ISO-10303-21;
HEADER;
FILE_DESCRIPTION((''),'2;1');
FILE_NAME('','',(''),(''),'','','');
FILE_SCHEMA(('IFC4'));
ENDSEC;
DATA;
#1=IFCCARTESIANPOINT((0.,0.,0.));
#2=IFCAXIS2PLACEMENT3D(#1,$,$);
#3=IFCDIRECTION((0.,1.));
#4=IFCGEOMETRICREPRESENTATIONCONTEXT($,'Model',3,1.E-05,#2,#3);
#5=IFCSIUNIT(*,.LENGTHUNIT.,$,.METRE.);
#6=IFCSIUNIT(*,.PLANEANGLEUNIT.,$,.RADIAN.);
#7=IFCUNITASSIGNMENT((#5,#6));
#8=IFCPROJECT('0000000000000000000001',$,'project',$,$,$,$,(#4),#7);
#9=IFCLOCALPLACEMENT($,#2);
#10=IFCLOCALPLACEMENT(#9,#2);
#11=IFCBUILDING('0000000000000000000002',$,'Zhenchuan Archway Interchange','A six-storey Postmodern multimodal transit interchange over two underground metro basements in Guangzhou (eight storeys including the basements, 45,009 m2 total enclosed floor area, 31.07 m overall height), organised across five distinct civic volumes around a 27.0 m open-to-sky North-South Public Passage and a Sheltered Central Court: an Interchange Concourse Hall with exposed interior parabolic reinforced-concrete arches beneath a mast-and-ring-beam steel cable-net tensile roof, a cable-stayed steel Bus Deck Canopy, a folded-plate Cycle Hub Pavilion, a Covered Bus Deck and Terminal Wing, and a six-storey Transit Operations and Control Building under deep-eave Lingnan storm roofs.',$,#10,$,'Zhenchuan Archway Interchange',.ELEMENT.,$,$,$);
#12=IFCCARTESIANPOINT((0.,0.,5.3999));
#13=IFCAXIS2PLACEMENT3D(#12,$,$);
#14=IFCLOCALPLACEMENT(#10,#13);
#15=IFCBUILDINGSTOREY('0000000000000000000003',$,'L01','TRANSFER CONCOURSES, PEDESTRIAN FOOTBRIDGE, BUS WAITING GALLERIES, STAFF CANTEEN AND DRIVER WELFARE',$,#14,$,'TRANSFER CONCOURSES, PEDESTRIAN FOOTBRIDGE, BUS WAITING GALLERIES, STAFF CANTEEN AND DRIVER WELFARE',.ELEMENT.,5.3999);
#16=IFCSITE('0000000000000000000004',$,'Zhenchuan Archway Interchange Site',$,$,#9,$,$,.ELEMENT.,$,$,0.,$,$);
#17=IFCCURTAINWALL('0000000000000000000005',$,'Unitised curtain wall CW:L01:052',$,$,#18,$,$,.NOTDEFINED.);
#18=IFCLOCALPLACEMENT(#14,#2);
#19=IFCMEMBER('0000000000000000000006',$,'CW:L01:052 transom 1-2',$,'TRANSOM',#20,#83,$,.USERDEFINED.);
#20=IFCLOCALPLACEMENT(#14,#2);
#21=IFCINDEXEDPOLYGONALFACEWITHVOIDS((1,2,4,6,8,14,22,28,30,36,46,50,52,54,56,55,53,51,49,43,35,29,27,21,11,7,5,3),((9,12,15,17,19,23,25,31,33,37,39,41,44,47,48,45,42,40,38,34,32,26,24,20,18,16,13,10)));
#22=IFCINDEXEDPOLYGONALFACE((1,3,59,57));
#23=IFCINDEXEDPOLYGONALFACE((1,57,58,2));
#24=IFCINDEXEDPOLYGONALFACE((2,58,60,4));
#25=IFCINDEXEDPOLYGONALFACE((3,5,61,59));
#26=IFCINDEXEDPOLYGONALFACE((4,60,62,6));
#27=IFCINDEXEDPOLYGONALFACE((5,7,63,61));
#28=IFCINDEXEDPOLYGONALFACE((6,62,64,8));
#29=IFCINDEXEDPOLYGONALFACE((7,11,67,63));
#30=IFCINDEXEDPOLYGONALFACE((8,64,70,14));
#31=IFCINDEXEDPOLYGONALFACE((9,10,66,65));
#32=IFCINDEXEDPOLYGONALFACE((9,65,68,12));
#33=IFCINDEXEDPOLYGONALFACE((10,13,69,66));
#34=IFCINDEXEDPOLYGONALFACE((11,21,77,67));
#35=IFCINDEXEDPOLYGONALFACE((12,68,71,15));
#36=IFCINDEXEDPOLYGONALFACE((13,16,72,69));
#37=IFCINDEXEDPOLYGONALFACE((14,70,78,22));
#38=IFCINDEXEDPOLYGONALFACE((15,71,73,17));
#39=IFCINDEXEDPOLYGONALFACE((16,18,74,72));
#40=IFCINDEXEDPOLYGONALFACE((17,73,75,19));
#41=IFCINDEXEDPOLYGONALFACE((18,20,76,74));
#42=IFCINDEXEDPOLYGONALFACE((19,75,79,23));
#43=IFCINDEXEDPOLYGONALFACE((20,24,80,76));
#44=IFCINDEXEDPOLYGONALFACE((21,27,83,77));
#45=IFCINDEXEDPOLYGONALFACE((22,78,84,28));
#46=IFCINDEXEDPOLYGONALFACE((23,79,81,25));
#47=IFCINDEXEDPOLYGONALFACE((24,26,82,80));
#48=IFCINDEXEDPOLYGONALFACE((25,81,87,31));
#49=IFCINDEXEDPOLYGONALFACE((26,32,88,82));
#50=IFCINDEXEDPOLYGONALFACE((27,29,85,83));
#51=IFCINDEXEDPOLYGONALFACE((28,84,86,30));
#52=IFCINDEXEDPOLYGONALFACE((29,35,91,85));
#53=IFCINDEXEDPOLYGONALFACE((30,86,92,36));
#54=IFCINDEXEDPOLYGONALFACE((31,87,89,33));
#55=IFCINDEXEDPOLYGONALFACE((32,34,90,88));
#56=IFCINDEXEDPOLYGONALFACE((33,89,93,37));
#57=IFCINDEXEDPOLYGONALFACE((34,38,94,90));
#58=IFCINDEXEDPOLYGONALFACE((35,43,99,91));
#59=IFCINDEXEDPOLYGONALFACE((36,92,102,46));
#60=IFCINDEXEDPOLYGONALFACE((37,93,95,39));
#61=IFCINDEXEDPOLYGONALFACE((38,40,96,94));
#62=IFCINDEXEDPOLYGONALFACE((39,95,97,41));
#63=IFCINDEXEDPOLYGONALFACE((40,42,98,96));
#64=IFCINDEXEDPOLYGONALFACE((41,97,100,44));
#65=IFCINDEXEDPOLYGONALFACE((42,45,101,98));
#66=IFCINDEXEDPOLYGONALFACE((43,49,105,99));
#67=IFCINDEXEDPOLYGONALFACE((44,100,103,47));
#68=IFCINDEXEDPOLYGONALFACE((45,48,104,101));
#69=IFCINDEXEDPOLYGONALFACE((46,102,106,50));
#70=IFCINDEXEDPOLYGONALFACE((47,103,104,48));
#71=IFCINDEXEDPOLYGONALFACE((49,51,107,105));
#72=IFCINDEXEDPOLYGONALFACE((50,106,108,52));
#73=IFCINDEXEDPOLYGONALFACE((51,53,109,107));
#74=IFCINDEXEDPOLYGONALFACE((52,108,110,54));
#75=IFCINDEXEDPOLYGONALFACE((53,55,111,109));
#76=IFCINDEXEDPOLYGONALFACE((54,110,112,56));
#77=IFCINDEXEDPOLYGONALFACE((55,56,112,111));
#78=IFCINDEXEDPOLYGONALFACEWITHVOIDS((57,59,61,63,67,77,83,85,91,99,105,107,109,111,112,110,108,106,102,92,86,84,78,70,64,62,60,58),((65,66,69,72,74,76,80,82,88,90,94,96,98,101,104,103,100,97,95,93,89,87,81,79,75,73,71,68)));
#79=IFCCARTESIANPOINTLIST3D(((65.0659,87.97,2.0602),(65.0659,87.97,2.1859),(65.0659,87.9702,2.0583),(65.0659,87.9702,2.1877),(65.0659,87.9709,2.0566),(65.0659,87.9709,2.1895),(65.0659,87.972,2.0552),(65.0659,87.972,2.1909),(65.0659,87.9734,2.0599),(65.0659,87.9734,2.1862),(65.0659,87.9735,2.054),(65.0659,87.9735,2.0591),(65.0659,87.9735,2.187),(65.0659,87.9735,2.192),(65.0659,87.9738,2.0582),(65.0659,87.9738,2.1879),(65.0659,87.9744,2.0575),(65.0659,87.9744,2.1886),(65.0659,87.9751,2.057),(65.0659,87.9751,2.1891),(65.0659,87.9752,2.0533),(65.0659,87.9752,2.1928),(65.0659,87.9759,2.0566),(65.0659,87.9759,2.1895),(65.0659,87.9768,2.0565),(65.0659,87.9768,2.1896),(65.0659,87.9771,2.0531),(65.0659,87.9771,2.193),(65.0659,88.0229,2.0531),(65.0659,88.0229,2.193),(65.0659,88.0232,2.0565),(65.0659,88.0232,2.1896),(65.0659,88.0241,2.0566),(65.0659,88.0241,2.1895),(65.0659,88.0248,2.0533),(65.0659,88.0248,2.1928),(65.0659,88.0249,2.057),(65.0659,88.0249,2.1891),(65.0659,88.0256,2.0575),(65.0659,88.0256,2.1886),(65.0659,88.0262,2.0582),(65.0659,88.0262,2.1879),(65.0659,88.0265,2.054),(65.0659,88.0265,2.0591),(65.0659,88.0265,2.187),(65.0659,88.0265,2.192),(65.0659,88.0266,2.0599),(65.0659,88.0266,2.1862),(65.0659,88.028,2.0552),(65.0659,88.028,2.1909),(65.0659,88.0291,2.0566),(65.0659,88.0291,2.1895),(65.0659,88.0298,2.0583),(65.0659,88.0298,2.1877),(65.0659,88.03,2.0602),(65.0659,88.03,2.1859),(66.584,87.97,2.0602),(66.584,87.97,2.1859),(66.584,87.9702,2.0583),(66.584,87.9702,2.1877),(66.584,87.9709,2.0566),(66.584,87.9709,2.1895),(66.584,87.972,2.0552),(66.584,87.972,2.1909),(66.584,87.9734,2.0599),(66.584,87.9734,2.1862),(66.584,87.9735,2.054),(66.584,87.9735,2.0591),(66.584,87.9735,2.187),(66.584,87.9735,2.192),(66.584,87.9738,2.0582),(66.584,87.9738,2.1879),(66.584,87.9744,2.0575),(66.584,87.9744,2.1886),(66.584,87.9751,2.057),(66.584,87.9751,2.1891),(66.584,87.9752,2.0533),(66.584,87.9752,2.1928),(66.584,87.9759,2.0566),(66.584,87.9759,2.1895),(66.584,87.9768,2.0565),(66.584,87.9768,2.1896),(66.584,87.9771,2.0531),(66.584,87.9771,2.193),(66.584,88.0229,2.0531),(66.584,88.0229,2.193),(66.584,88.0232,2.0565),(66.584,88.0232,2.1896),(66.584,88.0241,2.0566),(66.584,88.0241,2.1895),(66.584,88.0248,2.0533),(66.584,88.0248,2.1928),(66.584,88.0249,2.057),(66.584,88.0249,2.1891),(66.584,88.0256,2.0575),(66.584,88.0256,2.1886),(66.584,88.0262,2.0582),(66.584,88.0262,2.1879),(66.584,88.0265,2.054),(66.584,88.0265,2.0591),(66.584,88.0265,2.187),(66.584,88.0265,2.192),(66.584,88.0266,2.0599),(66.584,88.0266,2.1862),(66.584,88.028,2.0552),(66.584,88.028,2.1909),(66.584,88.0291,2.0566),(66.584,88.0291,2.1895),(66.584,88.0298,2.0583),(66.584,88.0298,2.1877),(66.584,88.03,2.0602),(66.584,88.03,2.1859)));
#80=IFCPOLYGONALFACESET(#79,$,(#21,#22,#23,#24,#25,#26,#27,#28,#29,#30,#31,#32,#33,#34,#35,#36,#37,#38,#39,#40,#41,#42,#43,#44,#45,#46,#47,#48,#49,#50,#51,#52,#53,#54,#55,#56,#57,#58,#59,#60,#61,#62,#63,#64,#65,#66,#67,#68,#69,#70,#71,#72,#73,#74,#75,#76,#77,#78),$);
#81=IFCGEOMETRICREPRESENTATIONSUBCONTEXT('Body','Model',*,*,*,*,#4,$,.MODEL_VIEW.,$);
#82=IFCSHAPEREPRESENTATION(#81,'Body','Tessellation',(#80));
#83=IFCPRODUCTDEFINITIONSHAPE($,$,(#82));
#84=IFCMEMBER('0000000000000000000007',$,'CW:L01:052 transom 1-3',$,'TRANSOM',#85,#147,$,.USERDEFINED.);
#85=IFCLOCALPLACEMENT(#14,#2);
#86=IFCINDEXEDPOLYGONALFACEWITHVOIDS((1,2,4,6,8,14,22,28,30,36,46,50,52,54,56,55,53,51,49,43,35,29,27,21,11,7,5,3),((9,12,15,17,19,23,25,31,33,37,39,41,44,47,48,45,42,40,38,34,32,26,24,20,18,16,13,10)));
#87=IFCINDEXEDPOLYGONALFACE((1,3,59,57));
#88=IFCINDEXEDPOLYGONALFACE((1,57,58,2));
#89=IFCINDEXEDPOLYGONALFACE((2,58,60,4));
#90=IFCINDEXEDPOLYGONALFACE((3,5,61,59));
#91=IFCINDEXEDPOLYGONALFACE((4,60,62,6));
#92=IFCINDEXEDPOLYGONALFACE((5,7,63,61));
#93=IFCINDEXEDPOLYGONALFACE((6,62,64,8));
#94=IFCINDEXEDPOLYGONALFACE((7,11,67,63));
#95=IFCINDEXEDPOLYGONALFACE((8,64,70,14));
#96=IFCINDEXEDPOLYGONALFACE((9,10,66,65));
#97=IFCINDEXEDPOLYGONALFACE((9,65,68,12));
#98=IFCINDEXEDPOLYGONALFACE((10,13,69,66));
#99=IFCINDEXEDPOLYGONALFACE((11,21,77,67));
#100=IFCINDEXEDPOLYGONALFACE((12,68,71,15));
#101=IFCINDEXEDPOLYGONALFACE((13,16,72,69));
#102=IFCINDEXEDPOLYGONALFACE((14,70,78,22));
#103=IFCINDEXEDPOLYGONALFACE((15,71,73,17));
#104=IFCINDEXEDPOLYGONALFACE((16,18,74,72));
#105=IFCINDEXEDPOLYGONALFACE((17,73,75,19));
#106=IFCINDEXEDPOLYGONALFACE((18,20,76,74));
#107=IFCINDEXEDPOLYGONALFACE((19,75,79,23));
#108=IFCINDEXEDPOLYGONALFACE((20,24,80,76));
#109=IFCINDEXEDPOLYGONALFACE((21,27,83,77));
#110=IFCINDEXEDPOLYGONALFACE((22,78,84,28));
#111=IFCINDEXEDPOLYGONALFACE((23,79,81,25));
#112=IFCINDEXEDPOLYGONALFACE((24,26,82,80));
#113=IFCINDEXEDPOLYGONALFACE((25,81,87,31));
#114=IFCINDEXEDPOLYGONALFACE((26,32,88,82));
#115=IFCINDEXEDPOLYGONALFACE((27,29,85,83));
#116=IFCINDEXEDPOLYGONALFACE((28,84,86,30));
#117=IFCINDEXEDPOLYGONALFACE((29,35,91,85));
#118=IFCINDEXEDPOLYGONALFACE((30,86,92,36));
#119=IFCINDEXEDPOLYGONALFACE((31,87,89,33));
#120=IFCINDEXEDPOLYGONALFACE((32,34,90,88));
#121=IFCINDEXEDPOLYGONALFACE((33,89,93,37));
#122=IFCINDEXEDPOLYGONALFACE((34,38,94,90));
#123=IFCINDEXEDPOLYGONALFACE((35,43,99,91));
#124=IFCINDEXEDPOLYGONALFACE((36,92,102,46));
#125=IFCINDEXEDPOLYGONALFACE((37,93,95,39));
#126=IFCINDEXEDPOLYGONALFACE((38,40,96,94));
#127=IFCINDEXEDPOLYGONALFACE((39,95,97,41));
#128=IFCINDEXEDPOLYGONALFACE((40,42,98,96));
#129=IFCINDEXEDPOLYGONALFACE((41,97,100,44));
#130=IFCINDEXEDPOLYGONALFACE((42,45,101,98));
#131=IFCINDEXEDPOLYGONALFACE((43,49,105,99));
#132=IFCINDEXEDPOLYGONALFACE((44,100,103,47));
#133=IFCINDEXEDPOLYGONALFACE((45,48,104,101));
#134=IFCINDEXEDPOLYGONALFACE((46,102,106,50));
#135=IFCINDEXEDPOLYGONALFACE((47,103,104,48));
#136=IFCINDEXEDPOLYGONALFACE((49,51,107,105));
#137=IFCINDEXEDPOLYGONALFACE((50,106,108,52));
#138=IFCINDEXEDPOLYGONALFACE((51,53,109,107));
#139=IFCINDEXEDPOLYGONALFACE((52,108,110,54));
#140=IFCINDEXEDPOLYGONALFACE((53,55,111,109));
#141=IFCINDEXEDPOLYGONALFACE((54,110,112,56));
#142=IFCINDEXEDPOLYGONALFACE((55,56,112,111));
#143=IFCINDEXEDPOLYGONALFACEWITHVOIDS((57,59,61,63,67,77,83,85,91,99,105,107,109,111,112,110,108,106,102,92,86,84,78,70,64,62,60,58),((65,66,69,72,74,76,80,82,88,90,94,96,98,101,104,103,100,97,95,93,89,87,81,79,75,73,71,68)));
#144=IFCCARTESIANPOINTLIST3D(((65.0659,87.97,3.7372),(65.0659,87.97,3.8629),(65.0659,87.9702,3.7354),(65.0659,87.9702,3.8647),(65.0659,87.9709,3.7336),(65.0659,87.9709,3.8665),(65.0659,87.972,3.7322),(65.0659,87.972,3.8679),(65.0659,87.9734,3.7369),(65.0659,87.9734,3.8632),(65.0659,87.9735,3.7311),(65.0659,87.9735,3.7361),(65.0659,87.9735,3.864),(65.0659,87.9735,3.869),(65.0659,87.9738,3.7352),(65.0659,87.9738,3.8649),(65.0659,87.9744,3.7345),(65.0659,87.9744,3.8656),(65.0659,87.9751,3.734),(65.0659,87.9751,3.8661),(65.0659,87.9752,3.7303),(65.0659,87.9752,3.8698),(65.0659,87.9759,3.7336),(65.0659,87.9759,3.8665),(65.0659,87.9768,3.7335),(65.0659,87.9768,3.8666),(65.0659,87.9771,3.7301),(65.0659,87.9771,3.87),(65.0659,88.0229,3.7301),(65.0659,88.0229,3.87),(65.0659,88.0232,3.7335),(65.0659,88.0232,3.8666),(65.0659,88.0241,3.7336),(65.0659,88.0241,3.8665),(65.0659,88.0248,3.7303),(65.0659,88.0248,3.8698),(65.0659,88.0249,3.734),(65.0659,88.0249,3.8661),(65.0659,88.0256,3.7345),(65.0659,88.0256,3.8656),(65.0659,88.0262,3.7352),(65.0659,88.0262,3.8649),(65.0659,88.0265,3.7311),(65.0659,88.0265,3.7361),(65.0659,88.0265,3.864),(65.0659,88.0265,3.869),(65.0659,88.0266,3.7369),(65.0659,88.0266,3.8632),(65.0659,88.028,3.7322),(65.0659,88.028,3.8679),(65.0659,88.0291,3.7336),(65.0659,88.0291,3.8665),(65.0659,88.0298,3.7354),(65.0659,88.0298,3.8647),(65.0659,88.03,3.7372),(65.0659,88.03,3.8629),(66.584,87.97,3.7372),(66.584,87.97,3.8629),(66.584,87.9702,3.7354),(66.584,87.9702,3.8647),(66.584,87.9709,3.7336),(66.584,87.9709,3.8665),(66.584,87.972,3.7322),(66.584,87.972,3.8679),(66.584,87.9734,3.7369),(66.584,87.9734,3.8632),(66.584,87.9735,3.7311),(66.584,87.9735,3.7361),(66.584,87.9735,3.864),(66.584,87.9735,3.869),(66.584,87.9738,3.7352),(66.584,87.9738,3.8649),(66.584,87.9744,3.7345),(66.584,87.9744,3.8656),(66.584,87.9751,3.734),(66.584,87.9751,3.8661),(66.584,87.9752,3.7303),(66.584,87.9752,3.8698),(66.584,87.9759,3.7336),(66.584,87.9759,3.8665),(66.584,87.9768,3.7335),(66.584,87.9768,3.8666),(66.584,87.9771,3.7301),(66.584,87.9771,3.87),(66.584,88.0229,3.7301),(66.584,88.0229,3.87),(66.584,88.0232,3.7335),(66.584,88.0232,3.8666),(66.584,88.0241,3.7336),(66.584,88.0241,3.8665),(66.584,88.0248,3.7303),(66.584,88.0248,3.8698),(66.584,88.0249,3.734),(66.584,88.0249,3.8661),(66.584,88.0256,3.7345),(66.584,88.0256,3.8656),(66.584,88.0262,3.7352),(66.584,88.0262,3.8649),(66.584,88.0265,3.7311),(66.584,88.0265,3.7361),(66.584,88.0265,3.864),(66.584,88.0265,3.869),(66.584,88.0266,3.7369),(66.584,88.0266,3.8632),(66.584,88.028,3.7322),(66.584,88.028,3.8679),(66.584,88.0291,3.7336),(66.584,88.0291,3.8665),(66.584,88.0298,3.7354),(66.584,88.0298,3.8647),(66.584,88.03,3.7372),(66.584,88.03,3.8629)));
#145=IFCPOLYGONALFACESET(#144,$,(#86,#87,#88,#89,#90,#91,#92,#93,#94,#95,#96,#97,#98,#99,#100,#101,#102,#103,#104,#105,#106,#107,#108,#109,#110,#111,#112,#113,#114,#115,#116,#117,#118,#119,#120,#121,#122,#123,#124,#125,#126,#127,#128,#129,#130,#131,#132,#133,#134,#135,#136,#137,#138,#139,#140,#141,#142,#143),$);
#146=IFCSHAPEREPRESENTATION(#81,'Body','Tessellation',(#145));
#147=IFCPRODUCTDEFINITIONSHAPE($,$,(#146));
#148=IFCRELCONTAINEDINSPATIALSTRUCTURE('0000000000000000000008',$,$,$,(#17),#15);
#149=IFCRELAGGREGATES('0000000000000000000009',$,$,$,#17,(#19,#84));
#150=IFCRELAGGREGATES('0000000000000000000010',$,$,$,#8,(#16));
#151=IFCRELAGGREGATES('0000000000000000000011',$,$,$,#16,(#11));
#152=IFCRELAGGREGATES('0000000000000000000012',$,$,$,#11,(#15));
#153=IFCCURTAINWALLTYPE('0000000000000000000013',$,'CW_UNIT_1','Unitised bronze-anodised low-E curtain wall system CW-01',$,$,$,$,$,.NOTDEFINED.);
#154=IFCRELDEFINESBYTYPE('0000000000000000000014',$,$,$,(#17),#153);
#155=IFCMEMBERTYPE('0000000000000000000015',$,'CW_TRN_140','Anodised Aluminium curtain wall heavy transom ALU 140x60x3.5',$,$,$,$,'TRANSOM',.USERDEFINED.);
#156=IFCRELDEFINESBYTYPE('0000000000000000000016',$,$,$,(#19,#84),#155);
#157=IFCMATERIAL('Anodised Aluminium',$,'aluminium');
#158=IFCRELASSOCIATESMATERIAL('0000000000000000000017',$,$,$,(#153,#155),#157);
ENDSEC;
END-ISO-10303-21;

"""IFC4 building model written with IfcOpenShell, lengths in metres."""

from ifc_helpers import new_model, si_unit, direction, frame, origin, origin_2d, place, context, subcontext, project, spatial, hollow_rectangle, extrude, material, material_profile, profile_set, type_object, element, aggregate, save


model = new_model("IFC4")

# Units and contexts
model_context = context("Model", 3, precision=1e-05, world=origin(), true_north=direction((0.0, 1.0)))
body_context = subcontext(model_context, "Body", "Model", "MODEL_VIEW")
ifc_project = project(units=[si_unit("LENGTHUNIT", "METRE"), si_unit("PLANEANGLEUNIT", "RADIAN")], contexts=[model_context])

# Site, building, storey
site_placement = place(None, origin())
site = spatial("IfcSite", under=ifc_project, at=site_placement, Name="Zhenchuan Archway Interchange Site", CompositionType="ELEMENT", RefElevation=0.0)
building_placement = place(site_placement, origin())
building = spatial("IfcBuilding", under=site, at=building_placement, Name="Zhenchuan Archway Interchange", Description="A six-storey Postmodern multimodal transit interchange over two underground metro basements in Guangzhou (eight storeys including the basements, 45,009 m2 total enclosed floor area, 31.07 m overall height), organised across five distinct civic volumes around a 27.0 m open-to-sky North-South Public Passage and a Sheltered Central Court: an Interchange Concourse Hall with exposed interior parabolic reinforced-concrete arches beneath a mast-and-ring-beam steel cable-net tensile roof, a cable-stayed steel Bus Deck Canopy, a folded-plate Cycle Hub Pavilion, a Covered Bus Deck and Terminal Wing, and a six-storey Transit Operations and Control Building under deep-eave Lingnan storm roofs.", LongName="Zhenchuan Archway Interchange", CompositionType="ELEMENT")
storey_placement = place(building_placement, frame((0.0, 0.0, 5.3999)))
storey = spatial("IfcBuildingStorey", under=building, at=storey_placement, Name="L01", Description="TRANSFER CONCOURSES, PEDESTRIAN FOOTBRIDGE, BUS WAITING GALLERIES, STAFF CANTEEN AND DRIVER WELFARE", LongName="TRANSFER CONCOURSES, PEDESTRIAN FOOTBRIDGE, BUS WAITING GALLERIES, STAFF CANTEEN AND DRIVER WELFARE", CompositionType="ELEMENT", Elevation=5.3999)

# Curtain wall, members
ifc_material_1 = material(Name="Anodised Aluminium", Category="aluminium")
curtain_wall_type = type_object("IfcCurtainWallType", Name="CW_UNIT_1", Description="Unitised bronze-anodised low-E curtain wall system CW-01", PredefinedType="NOTDEFINED", material=ifc_material_1)
curtain_wall_placement = place(storey_placement, origin())
curtain_wall = element("IfcCurtainWall", 1, at=curtain_wall_placement, inside=storey, type_object=curtain_wall_type, Name="Unitised curtain wall CW:L01:052", PredefinedType="NOTDEFINED")
ifc_material_profile_1 = material_profile(ifc_material_1, hollow_rectangle(XDim=0.0601, YDim=0.1399, WallThickness=0.0034, InnerFilletRadius=0.0034, OuterFilletRadius=0.0071, at=origin_2d()), Name="ALU 140x60x3.5")
ifc_profile_set_1 = profile_set([ifc_material_profile_1], Name="Anodised Aluminium")
member_type_1 = type_object("IfcMemberType", Name="CW_TRN_140", Description="Anodised Aluminium curtain wall heavy transom ALU 140x60x3.5", ElementType="TRANSOM", PredefinedType="USERDEFINED", material=ifc_profile_set_1)
member_1_placement = place(storey_placement, frame((65.0659, 88.0, 2.123), z_axis=(1.0, 0.0, 0.0), x_axis=(0.0, 1.0, 0.0)))
member_1 = element("IfcMember", 2, at=member_1_placement, type_object=member_type_1, Name="CW:L01:052 transom 1-2", ObjectType="TRANSOM", PredefinedType="USERDEFINED", context=body_context, shape_type="SweptSolid", body=[
    extrude(hollow_rectangle(XDim=0.0601, YDim=0.1399, WallThickness=0.0034, InnerFilletRadius=0.0034, OuterFilletRadius=0.0071, at=origin_2d()), origin(), (0.0, 0.0, 1.0), 1.5181),
])
member_2_placement = place(storey_placement, frame((65.0659, 88.0, 3.8), z_axis=(1.0, 0.0, 0.0), x_axis=(0.0, 1.0, 0.0)))
member_2 = element("IfcMember", 3, at=member_2_placement, type_object=member_type_1, Name="CW:L01:052 transom 1-3", ObjectType="TRANSOM", PredefinedType="USERDEFINED", context=body_context, shape_type="SweptSolid", body=[
    extrude(hollow_rectangle(XDim=0.0601, YDim=0.1399, WallThickness=0.0034, InnerFilletRadius=0.0034, OuterFilletRadius=0.0071, at=origin_2d()), origin(), (0.0, 0.0, 1.0), 1.5181),
])

aggregate(curtain_wall, [member_1, member_2])

save(model, "model.ifc")
